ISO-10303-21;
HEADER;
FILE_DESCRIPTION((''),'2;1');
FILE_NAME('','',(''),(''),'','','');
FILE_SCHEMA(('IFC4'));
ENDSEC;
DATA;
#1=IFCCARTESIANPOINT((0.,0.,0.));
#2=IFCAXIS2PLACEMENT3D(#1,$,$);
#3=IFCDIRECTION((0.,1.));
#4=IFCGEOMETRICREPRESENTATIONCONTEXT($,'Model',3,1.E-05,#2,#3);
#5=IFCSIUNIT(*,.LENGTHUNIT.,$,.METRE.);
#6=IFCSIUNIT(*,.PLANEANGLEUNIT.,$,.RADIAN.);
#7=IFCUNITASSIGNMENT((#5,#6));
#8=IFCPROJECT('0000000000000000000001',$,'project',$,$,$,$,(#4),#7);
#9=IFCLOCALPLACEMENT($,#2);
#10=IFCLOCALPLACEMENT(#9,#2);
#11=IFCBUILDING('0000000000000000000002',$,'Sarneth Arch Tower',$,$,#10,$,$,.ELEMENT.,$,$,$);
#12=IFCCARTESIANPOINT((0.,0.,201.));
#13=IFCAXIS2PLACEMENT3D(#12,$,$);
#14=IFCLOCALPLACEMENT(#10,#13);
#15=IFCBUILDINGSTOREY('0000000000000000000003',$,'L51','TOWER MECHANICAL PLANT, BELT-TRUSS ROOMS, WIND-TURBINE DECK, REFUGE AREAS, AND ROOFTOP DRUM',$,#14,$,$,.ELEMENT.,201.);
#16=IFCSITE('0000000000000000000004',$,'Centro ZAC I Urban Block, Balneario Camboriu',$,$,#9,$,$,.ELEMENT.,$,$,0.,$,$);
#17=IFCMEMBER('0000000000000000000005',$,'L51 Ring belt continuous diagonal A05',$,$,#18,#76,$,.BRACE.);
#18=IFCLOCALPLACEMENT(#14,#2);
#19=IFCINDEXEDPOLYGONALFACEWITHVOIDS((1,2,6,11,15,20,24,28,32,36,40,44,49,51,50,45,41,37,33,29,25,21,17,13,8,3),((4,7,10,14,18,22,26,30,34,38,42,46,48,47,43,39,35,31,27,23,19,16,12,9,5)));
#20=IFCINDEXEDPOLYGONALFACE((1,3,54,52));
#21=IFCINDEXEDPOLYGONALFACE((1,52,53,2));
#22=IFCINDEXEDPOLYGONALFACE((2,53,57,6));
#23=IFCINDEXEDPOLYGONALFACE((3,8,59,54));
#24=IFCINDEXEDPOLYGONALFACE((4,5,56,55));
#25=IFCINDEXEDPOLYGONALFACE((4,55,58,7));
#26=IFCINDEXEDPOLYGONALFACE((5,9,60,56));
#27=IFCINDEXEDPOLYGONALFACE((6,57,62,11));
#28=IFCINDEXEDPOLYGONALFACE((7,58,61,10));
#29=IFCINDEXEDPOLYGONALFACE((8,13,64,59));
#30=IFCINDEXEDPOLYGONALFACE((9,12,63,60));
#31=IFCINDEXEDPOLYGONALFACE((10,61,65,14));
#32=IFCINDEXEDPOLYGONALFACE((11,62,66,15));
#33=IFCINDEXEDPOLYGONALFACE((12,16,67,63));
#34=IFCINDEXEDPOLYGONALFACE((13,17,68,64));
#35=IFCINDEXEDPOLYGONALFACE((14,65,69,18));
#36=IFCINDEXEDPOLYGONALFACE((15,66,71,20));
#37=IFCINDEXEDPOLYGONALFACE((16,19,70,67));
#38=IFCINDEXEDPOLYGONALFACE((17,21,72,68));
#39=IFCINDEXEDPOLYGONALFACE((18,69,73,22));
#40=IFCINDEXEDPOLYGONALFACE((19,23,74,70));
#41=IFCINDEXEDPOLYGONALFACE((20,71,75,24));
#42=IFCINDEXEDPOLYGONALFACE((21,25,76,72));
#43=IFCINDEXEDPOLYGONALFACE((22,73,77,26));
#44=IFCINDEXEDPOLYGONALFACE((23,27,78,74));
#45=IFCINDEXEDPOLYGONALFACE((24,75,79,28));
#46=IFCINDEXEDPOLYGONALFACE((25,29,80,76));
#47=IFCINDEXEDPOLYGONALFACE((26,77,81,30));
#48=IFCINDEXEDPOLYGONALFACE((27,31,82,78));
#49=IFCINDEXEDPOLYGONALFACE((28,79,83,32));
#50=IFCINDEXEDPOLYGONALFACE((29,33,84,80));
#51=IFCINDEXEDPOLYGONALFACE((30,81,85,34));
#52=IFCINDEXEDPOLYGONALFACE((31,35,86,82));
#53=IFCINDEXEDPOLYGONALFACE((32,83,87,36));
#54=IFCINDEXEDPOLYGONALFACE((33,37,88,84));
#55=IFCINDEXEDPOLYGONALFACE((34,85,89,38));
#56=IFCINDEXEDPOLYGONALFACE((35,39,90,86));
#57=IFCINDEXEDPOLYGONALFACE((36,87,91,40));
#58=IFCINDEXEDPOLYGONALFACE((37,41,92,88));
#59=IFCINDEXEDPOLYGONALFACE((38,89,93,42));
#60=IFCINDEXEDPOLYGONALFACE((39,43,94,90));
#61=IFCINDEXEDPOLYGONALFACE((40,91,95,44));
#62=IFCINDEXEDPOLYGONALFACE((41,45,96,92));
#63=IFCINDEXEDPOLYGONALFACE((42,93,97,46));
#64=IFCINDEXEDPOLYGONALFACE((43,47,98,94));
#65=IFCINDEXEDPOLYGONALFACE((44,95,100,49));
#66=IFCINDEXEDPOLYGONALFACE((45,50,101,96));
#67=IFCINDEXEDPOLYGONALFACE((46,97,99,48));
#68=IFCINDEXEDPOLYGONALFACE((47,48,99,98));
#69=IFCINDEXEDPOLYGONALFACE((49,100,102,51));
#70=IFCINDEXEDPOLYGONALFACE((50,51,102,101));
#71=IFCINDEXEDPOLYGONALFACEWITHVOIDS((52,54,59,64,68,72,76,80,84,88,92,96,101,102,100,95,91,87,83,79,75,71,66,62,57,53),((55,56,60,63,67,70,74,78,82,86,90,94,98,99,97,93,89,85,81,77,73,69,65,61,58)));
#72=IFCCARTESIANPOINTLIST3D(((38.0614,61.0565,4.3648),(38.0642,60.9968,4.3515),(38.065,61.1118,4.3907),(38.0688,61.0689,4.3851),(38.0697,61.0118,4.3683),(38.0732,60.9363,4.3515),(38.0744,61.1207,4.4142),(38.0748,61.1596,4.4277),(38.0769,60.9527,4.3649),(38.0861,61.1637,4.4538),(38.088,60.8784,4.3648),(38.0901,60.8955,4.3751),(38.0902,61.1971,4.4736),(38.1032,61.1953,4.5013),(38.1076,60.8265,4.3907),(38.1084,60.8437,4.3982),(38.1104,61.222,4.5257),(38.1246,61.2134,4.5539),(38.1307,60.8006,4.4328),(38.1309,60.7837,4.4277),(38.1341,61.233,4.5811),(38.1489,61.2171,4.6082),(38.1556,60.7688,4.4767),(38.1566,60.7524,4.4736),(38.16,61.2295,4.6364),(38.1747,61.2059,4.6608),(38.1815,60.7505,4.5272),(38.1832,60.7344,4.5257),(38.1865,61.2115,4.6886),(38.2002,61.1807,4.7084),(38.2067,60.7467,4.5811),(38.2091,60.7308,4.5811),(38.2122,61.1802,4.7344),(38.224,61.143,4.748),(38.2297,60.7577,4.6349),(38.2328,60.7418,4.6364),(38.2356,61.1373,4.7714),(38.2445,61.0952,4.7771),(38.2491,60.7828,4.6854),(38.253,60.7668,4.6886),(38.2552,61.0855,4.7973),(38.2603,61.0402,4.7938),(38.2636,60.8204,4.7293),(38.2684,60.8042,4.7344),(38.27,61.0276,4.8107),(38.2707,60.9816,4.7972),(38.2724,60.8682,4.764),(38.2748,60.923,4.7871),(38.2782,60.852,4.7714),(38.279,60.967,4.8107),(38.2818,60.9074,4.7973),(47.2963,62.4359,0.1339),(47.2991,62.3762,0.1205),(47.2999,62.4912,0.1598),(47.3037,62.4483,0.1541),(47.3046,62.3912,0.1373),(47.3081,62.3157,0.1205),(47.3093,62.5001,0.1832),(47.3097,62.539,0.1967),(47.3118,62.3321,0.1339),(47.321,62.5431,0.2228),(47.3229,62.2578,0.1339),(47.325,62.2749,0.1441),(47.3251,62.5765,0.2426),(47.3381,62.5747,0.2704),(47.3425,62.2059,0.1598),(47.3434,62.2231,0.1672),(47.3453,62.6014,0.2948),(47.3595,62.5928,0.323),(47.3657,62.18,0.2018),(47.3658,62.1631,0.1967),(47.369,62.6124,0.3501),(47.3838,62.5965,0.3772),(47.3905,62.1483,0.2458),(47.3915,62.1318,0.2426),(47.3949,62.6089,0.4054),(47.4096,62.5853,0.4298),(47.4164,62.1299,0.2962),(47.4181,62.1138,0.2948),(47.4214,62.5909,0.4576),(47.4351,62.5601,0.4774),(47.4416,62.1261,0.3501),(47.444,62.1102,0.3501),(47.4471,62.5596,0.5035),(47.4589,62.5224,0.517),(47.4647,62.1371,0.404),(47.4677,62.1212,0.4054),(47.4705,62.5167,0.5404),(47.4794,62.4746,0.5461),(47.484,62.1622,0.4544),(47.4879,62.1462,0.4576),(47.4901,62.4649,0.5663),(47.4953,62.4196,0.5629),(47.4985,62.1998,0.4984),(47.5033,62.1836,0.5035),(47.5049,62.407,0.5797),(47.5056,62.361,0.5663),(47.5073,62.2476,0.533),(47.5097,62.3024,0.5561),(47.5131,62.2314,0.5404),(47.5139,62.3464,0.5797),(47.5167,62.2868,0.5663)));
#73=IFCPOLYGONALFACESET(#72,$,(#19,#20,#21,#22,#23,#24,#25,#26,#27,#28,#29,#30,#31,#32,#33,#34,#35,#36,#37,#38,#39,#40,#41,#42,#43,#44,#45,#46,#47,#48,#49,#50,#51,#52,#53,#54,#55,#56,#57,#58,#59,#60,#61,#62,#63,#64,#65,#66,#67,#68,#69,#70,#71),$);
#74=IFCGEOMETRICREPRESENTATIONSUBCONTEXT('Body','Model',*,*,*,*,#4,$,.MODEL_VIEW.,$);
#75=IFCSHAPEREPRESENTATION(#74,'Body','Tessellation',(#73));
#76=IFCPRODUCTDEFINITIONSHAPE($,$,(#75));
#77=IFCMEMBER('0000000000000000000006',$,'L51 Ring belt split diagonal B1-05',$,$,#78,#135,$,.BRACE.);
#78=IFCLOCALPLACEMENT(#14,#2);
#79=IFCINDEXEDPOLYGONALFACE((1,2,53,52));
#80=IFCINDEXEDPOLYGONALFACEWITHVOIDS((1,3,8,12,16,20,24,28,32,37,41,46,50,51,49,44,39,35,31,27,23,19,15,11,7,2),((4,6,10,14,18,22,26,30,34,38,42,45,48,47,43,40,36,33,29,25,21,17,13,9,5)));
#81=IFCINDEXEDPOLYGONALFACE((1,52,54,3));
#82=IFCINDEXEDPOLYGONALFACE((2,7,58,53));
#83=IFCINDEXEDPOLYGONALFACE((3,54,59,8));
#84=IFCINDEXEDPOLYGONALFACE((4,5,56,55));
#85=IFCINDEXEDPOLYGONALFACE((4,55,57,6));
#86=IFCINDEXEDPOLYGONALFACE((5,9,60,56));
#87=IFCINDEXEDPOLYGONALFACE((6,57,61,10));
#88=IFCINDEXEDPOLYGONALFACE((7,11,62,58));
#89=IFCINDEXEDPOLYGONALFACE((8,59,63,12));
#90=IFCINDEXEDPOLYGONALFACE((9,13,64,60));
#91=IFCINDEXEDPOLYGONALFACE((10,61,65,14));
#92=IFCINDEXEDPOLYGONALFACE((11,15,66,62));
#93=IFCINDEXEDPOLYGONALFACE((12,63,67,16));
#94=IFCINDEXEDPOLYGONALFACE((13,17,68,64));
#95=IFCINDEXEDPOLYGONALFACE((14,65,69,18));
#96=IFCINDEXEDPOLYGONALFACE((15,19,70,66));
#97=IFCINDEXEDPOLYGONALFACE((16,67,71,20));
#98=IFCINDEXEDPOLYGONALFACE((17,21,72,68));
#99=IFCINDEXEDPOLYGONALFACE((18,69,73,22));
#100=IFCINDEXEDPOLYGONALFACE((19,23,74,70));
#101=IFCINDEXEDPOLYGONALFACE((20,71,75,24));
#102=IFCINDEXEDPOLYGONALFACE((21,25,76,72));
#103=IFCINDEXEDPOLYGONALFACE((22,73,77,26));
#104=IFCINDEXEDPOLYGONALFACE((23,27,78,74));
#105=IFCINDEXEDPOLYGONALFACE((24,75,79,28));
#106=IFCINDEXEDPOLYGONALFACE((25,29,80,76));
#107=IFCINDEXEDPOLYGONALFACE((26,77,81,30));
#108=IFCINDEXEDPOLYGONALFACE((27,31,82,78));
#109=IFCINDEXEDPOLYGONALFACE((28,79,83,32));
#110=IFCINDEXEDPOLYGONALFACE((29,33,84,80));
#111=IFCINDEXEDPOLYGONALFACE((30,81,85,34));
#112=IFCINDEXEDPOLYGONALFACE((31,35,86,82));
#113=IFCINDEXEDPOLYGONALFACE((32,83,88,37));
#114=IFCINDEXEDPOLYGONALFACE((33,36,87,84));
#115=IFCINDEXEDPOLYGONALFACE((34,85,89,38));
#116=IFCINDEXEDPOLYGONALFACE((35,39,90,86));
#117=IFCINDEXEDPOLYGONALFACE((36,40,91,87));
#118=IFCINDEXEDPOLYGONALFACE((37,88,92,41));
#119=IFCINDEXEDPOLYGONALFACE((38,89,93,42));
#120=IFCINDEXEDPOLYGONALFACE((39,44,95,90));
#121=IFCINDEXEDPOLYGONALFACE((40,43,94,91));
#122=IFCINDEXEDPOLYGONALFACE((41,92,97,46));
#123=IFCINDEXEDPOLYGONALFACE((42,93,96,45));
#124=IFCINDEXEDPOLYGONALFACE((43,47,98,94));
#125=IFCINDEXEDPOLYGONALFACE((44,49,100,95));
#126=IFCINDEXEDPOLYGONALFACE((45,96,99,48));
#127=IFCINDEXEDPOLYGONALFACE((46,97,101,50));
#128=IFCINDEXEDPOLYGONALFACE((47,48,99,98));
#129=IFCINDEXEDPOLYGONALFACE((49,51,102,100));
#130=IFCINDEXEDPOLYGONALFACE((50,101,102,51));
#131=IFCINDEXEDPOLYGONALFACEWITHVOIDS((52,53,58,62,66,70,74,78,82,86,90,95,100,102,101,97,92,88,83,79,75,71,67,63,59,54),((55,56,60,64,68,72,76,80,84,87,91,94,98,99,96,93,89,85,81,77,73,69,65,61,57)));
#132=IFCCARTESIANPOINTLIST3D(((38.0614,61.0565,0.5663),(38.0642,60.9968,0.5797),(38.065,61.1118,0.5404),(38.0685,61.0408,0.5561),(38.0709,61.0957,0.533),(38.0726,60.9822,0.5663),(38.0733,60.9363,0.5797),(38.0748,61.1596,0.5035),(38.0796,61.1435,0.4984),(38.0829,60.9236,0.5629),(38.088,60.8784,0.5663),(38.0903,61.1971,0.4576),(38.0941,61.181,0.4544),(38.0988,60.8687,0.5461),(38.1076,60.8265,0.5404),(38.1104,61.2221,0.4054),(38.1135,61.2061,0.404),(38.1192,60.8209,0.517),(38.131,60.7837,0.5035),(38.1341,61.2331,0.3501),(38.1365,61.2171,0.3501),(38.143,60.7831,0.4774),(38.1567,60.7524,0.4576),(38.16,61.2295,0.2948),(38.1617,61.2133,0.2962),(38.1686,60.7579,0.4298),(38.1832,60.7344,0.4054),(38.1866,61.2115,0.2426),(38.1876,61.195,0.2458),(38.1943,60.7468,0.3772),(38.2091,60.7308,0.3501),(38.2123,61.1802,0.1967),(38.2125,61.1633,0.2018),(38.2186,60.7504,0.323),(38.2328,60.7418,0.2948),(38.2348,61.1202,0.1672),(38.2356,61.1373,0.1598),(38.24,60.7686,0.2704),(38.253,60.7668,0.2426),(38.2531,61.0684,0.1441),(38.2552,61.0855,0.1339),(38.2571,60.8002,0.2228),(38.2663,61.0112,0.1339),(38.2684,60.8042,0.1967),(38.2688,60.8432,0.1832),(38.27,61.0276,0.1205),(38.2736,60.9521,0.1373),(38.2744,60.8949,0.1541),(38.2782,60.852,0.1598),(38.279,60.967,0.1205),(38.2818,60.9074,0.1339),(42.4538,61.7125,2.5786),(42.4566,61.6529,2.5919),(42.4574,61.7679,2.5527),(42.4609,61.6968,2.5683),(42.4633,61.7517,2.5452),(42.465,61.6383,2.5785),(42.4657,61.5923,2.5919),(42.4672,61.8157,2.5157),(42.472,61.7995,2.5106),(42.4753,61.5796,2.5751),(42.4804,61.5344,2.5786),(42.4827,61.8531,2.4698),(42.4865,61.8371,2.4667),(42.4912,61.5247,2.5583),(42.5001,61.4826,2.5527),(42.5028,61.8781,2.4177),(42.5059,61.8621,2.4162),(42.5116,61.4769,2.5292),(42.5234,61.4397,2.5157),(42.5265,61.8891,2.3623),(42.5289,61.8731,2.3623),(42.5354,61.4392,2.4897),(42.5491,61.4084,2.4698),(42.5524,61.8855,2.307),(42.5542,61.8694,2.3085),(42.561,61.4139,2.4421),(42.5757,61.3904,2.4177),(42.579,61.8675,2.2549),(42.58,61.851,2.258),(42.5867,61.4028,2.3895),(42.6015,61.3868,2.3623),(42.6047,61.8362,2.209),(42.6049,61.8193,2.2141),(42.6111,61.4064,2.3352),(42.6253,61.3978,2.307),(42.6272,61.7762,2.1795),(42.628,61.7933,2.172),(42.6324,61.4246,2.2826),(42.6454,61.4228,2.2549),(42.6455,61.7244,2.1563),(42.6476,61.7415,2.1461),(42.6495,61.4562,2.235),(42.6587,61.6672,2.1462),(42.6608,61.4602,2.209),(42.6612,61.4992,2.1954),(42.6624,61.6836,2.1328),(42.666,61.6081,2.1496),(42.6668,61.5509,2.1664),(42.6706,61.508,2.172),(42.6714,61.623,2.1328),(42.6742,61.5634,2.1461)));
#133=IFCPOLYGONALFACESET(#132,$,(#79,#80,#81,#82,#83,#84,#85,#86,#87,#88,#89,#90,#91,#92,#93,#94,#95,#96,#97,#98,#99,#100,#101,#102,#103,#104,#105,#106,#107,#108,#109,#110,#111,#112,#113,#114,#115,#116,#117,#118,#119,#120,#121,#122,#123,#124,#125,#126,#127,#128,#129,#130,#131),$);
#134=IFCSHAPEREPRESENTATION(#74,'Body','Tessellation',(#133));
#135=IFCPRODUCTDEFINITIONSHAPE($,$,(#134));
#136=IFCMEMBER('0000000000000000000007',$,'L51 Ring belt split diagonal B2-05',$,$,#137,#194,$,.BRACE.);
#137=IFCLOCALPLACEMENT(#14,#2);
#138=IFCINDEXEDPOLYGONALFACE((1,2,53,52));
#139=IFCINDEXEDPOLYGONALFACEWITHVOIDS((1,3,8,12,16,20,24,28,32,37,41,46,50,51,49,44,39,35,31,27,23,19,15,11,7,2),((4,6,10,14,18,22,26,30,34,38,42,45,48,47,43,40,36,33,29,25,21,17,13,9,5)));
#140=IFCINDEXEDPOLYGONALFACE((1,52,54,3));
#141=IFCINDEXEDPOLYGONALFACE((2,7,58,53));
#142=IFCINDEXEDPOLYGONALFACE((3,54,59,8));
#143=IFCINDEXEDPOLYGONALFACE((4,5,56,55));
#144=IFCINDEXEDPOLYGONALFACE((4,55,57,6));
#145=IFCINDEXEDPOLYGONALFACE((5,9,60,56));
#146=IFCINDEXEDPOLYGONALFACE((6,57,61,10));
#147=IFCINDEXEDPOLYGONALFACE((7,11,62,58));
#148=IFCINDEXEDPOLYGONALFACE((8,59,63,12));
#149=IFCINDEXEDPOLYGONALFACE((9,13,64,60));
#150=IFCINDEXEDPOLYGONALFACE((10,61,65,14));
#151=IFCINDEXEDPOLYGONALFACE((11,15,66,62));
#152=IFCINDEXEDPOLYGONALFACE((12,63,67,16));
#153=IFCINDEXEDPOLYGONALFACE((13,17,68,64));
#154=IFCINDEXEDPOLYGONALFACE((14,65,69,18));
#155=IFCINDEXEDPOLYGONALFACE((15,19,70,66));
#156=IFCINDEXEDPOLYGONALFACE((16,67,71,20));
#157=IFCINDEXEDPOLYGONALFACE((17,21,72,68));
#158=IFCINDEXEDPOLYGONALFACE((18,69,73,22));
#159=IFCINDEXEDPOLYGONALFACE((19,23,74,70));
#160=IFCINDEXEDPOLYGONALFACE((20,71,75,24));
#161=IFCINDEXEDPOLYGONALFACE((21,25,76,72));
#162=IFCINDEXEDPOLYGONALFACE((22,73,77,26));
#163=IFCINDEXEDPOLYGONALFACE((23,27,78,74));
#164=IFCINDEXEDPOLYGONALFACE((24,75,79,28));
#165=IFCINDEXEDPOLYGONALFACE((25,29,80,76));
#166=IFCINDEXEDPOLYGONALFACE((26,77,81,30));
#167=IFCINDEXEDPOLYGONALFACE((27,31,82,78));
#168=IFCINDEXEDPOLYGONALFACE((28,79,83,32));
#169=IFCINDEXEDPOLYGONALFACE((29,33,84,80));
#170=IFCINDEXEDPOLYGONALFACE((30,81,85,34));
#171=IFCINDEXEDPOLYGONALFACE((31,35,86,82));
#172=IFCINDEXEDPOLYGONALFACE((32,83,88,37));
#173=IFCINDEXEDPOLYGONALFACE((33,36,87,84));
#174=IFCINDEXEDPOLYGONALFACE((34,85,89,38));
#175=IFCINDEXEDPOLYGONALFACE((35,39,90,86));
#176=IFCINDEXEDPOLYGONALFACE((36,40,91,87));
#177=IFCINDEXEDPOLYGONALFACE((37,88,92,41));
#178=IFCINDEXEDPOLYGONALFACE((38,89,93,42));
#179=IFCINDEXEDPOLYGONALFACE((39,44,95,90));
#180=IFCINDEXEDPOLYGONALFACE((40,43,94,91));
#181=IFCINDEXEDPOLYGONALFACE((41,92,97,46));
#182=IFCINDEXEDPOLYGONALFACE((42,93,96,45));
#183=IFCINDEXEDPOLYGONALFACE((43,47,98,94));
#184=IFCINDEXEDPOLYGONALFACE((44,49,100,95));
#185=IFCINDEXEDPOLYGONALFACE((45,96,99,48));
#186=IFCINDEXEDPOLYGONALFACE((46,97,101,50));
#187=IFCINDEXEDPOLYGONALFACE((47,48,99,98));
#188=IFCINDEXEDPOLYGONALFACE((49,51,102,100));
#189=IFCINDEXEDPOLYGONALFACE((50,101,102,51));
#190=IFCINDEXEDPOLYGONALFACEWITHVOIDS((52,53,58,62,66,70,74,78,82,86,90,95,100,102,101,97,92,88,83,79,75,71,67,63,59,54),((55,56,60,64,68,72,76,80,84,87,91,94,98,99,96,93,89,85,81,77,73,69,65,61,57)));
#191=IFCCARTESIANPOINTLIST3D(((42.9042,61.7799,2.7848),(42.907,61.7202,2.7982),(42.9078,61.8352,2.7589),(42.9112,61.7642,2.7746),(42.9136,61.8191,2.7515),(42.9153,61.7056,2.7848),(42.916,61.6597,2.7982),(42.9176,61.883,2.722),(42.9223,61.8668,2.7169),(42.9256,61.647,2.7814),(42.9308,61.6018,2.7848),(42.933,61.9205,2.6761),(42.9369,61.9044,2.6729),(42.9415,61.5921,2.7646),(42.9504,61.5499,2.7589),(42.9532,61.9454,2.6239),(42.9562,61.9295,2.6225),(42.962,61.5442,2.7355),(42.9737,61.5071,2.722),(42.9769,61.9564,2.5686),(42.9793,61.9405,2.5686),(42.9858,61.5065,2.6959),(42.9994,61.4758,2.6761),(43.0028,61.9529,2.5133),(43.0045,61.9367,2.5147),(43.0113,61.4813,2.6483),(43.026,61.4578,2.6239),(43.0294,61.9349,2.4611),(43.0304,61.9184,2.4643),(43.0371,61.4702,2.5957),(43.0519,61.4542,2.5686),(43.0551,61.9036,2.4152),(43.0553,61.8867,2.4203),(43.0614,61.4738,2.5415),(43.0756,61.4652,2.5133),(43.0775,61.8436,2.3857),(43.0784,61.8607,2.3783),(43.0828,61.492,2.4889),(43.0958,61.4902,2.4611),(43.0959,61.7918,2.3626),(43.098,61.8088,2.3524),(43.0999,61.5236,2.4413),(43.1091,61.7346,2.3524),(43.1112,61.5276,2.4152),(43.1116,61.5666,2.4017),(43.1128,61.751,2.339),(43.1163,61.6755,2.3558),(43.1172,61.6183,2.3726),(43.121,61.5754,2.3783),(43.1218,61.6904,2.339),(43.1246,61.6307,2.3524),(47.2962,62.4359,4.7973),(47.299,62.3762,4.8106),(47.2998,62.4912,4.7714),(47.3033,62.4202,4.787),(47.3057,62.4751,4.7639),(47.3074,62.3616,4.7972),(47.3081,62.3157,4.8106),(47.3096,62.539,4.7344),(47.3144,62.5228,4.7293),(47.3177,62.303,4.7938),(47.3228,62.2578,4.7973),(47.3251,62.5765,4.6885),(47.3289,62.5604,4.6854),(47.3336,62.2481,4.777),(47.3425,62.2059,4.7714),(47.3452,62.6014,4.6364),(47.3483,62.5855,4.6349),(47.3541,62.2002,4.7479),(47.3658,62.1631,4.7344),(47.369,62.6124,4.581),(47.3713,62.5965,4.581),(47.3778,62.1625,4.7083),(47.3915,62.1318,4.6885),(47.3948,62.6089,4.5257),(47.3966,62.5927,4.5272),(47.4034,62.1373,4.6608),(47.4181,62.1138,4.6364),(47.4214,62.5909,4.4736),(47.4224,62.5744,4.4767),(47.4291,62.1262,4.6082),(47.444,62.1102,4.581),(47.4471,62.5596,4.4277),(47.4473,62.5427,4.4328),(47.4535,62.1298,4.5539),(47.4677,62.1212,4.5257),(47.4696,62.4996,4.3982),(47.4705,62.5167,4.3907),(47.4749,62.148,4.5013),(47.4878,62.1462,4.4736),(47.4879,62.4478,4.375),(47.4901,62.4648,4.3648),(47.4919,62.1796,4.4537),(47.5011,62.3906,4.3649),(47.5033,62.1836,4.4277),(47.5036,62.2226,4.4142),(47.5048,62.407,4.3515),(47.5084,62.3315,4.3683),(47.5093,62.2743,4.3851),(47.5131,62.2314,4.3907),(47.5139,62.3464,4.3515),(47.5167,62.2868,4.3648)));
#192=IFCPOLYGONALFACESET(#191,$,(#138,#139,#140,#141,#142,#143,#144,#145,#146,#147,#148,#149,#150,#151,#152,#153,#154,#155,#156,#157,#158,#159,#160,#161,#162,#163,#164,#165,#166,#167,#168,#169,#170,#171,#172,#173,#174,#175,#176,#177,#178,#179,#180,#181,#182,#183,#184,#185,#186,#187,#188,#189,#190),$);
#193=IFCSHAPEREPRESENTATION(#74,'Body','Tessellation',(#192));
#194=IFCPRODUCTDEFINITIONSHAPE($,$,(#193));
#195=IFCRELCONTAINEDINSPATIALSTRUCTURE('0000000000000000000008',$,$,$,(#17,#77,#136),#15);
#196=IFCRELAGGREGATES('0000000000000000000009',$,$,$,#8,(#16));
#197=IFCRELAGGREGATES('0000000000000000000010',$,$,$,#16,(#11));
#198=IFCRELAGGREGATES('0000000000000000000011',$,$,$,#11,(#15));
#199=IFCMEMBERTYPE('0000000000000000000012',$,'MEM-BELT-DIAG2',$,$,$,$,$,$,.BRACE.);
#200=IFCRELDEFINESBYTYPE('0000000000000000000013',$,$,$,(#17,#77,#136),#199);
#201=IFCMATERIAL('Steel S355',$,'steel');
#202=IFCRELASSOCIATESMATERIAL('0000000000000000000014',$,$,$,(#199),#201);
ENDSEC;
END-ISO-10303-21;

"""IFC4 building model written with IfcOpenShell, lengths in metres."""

from ifc_helpers import new_model, si_unit, direction, frame, origin, origin_2d, place, context, subcontext, project, spatial, hollow_circle, extrude, material, material_profile, profile_set, type_object, element, save


model = new_model("IFC4")

# Units and contexts
model_context = context("Model", 3, precision=1e-05, world=origin(), true_north=direction((0.0, 1.0)))
body_context = subcontext(model_context, "Body", "Model", "MODEL_VIEW")
ifc_project = project(units=[si_unit("LENGTHUNIT", "METRE"), si_unit("PLANEANGLEUNIT", "RADIAN")], contexts=[model_context])

# Site, building, storey
site_placement = place(None, origin())
site = spatial("IfcSite", under=ifc_project, at=site_placement, Name="Centro ZAC I Urban Block, Balneario Camboriu", CompositionType="ELEMENT", RefElevation=0.0)
building_placement = place(site_placement, origin())
building = spatial("IfcBuilding", under=site, at=building_placement, Name="Sarneth Arch Tower", CompositionType="ELEMENT")
storey_placement = place(building_placement, frame((0.0, 0.0, 201.0)))
storey = spatial("IfcBuildingStorey", under=building, at=storey_placement, Name="L51", Description="TOWER MECHANICAL PLANT, BELT-TRUSS ROOMS, WIND-TURBINE DECK, REFUGE AREAS, AND ROOFTOP DRUM", CompositionType="ELEMENT", Elevation=201.0)

# Members
ifc_material_1 = material(Name="Steel S355", Category="steel")
ifc_material_profile_1 = material_profile(ifc_material_1, hollow_circle(Radius=0.2539, WallThickness=0.0161, at=origin_2d()), Name="CHS508x16")
ifc_profile_set_1 = profile_set([ifc_material_profile_1], Name="Steel S355")
member_type_1 = type_object("IfcMemberType", Name="MEM-BELT-DIAG2", PredefinedType="BRACE", material=ifc_profile_set_1)
member_1_placement = place(storey_placement, frame((47.4065, 62.3613, 0.3501), z_axis=(-0.90086, -0.13456, 0.412729), x_axis=(0.147729, -0.989028, 0.0)))
element("IfcMember", 1, at=member_1_placement, inside=storey, type_object=member_type_1, Name="L51 Ring belt continuous diagonal A05", PredefinedType="BRACE", context=body_context, shape_type="SweptSolid", body=[
    extrude(hollow_circle(Radius=0.2539, WallThickness=0.0161, at=origin_2d()), origin(), (0.0, 0.0, 1.0), 10.2512),
])
member_2_placement = place(storey_placement, frame((38.1716, 60.9819, 0.3501), z_axis=(0.900872, 0.134547, 0.412706), x_axis=(-0.147714, 0.98903, 0.0)))
element("IfcMember", 2, at=member_2_placement, inside=storey, type_object=member_type_1, Name="L51 Ring belt split diagonal B1-05", PredefinedType="BRACE", context=body_context, shape_type="SweptSolid", body=[
    extrude(hollow_circle(Radius=0.2539, WallThickness=0.0161, at=origin_2d()), origin(), (0.0, 0.0, 1.0), 4.8757),
])
member_3_placement = place(storey_placement, frame((43.0144, 61.7053, 2.5686), z_axis=(0.900844, 0.134551, 0.412766), x_axis=(-0.147722, 0.989029, 0.0)))
element("IfcMember", 3, at=member_3_placement, inside=storey, type_object=member_type_1, Name="L51 Ring belt split diagonal B2-05", PredefinedType="BRACE", context=body_context, shape_type="SweptSolid", body=[
    extrude(hollow_circle(Radius=0.2539, WallThickness=0.0161, at=origin_2d()), origin(), (0.0, 0.0, 1.0), 4.8755),
])

save(model, "model.ifc")
